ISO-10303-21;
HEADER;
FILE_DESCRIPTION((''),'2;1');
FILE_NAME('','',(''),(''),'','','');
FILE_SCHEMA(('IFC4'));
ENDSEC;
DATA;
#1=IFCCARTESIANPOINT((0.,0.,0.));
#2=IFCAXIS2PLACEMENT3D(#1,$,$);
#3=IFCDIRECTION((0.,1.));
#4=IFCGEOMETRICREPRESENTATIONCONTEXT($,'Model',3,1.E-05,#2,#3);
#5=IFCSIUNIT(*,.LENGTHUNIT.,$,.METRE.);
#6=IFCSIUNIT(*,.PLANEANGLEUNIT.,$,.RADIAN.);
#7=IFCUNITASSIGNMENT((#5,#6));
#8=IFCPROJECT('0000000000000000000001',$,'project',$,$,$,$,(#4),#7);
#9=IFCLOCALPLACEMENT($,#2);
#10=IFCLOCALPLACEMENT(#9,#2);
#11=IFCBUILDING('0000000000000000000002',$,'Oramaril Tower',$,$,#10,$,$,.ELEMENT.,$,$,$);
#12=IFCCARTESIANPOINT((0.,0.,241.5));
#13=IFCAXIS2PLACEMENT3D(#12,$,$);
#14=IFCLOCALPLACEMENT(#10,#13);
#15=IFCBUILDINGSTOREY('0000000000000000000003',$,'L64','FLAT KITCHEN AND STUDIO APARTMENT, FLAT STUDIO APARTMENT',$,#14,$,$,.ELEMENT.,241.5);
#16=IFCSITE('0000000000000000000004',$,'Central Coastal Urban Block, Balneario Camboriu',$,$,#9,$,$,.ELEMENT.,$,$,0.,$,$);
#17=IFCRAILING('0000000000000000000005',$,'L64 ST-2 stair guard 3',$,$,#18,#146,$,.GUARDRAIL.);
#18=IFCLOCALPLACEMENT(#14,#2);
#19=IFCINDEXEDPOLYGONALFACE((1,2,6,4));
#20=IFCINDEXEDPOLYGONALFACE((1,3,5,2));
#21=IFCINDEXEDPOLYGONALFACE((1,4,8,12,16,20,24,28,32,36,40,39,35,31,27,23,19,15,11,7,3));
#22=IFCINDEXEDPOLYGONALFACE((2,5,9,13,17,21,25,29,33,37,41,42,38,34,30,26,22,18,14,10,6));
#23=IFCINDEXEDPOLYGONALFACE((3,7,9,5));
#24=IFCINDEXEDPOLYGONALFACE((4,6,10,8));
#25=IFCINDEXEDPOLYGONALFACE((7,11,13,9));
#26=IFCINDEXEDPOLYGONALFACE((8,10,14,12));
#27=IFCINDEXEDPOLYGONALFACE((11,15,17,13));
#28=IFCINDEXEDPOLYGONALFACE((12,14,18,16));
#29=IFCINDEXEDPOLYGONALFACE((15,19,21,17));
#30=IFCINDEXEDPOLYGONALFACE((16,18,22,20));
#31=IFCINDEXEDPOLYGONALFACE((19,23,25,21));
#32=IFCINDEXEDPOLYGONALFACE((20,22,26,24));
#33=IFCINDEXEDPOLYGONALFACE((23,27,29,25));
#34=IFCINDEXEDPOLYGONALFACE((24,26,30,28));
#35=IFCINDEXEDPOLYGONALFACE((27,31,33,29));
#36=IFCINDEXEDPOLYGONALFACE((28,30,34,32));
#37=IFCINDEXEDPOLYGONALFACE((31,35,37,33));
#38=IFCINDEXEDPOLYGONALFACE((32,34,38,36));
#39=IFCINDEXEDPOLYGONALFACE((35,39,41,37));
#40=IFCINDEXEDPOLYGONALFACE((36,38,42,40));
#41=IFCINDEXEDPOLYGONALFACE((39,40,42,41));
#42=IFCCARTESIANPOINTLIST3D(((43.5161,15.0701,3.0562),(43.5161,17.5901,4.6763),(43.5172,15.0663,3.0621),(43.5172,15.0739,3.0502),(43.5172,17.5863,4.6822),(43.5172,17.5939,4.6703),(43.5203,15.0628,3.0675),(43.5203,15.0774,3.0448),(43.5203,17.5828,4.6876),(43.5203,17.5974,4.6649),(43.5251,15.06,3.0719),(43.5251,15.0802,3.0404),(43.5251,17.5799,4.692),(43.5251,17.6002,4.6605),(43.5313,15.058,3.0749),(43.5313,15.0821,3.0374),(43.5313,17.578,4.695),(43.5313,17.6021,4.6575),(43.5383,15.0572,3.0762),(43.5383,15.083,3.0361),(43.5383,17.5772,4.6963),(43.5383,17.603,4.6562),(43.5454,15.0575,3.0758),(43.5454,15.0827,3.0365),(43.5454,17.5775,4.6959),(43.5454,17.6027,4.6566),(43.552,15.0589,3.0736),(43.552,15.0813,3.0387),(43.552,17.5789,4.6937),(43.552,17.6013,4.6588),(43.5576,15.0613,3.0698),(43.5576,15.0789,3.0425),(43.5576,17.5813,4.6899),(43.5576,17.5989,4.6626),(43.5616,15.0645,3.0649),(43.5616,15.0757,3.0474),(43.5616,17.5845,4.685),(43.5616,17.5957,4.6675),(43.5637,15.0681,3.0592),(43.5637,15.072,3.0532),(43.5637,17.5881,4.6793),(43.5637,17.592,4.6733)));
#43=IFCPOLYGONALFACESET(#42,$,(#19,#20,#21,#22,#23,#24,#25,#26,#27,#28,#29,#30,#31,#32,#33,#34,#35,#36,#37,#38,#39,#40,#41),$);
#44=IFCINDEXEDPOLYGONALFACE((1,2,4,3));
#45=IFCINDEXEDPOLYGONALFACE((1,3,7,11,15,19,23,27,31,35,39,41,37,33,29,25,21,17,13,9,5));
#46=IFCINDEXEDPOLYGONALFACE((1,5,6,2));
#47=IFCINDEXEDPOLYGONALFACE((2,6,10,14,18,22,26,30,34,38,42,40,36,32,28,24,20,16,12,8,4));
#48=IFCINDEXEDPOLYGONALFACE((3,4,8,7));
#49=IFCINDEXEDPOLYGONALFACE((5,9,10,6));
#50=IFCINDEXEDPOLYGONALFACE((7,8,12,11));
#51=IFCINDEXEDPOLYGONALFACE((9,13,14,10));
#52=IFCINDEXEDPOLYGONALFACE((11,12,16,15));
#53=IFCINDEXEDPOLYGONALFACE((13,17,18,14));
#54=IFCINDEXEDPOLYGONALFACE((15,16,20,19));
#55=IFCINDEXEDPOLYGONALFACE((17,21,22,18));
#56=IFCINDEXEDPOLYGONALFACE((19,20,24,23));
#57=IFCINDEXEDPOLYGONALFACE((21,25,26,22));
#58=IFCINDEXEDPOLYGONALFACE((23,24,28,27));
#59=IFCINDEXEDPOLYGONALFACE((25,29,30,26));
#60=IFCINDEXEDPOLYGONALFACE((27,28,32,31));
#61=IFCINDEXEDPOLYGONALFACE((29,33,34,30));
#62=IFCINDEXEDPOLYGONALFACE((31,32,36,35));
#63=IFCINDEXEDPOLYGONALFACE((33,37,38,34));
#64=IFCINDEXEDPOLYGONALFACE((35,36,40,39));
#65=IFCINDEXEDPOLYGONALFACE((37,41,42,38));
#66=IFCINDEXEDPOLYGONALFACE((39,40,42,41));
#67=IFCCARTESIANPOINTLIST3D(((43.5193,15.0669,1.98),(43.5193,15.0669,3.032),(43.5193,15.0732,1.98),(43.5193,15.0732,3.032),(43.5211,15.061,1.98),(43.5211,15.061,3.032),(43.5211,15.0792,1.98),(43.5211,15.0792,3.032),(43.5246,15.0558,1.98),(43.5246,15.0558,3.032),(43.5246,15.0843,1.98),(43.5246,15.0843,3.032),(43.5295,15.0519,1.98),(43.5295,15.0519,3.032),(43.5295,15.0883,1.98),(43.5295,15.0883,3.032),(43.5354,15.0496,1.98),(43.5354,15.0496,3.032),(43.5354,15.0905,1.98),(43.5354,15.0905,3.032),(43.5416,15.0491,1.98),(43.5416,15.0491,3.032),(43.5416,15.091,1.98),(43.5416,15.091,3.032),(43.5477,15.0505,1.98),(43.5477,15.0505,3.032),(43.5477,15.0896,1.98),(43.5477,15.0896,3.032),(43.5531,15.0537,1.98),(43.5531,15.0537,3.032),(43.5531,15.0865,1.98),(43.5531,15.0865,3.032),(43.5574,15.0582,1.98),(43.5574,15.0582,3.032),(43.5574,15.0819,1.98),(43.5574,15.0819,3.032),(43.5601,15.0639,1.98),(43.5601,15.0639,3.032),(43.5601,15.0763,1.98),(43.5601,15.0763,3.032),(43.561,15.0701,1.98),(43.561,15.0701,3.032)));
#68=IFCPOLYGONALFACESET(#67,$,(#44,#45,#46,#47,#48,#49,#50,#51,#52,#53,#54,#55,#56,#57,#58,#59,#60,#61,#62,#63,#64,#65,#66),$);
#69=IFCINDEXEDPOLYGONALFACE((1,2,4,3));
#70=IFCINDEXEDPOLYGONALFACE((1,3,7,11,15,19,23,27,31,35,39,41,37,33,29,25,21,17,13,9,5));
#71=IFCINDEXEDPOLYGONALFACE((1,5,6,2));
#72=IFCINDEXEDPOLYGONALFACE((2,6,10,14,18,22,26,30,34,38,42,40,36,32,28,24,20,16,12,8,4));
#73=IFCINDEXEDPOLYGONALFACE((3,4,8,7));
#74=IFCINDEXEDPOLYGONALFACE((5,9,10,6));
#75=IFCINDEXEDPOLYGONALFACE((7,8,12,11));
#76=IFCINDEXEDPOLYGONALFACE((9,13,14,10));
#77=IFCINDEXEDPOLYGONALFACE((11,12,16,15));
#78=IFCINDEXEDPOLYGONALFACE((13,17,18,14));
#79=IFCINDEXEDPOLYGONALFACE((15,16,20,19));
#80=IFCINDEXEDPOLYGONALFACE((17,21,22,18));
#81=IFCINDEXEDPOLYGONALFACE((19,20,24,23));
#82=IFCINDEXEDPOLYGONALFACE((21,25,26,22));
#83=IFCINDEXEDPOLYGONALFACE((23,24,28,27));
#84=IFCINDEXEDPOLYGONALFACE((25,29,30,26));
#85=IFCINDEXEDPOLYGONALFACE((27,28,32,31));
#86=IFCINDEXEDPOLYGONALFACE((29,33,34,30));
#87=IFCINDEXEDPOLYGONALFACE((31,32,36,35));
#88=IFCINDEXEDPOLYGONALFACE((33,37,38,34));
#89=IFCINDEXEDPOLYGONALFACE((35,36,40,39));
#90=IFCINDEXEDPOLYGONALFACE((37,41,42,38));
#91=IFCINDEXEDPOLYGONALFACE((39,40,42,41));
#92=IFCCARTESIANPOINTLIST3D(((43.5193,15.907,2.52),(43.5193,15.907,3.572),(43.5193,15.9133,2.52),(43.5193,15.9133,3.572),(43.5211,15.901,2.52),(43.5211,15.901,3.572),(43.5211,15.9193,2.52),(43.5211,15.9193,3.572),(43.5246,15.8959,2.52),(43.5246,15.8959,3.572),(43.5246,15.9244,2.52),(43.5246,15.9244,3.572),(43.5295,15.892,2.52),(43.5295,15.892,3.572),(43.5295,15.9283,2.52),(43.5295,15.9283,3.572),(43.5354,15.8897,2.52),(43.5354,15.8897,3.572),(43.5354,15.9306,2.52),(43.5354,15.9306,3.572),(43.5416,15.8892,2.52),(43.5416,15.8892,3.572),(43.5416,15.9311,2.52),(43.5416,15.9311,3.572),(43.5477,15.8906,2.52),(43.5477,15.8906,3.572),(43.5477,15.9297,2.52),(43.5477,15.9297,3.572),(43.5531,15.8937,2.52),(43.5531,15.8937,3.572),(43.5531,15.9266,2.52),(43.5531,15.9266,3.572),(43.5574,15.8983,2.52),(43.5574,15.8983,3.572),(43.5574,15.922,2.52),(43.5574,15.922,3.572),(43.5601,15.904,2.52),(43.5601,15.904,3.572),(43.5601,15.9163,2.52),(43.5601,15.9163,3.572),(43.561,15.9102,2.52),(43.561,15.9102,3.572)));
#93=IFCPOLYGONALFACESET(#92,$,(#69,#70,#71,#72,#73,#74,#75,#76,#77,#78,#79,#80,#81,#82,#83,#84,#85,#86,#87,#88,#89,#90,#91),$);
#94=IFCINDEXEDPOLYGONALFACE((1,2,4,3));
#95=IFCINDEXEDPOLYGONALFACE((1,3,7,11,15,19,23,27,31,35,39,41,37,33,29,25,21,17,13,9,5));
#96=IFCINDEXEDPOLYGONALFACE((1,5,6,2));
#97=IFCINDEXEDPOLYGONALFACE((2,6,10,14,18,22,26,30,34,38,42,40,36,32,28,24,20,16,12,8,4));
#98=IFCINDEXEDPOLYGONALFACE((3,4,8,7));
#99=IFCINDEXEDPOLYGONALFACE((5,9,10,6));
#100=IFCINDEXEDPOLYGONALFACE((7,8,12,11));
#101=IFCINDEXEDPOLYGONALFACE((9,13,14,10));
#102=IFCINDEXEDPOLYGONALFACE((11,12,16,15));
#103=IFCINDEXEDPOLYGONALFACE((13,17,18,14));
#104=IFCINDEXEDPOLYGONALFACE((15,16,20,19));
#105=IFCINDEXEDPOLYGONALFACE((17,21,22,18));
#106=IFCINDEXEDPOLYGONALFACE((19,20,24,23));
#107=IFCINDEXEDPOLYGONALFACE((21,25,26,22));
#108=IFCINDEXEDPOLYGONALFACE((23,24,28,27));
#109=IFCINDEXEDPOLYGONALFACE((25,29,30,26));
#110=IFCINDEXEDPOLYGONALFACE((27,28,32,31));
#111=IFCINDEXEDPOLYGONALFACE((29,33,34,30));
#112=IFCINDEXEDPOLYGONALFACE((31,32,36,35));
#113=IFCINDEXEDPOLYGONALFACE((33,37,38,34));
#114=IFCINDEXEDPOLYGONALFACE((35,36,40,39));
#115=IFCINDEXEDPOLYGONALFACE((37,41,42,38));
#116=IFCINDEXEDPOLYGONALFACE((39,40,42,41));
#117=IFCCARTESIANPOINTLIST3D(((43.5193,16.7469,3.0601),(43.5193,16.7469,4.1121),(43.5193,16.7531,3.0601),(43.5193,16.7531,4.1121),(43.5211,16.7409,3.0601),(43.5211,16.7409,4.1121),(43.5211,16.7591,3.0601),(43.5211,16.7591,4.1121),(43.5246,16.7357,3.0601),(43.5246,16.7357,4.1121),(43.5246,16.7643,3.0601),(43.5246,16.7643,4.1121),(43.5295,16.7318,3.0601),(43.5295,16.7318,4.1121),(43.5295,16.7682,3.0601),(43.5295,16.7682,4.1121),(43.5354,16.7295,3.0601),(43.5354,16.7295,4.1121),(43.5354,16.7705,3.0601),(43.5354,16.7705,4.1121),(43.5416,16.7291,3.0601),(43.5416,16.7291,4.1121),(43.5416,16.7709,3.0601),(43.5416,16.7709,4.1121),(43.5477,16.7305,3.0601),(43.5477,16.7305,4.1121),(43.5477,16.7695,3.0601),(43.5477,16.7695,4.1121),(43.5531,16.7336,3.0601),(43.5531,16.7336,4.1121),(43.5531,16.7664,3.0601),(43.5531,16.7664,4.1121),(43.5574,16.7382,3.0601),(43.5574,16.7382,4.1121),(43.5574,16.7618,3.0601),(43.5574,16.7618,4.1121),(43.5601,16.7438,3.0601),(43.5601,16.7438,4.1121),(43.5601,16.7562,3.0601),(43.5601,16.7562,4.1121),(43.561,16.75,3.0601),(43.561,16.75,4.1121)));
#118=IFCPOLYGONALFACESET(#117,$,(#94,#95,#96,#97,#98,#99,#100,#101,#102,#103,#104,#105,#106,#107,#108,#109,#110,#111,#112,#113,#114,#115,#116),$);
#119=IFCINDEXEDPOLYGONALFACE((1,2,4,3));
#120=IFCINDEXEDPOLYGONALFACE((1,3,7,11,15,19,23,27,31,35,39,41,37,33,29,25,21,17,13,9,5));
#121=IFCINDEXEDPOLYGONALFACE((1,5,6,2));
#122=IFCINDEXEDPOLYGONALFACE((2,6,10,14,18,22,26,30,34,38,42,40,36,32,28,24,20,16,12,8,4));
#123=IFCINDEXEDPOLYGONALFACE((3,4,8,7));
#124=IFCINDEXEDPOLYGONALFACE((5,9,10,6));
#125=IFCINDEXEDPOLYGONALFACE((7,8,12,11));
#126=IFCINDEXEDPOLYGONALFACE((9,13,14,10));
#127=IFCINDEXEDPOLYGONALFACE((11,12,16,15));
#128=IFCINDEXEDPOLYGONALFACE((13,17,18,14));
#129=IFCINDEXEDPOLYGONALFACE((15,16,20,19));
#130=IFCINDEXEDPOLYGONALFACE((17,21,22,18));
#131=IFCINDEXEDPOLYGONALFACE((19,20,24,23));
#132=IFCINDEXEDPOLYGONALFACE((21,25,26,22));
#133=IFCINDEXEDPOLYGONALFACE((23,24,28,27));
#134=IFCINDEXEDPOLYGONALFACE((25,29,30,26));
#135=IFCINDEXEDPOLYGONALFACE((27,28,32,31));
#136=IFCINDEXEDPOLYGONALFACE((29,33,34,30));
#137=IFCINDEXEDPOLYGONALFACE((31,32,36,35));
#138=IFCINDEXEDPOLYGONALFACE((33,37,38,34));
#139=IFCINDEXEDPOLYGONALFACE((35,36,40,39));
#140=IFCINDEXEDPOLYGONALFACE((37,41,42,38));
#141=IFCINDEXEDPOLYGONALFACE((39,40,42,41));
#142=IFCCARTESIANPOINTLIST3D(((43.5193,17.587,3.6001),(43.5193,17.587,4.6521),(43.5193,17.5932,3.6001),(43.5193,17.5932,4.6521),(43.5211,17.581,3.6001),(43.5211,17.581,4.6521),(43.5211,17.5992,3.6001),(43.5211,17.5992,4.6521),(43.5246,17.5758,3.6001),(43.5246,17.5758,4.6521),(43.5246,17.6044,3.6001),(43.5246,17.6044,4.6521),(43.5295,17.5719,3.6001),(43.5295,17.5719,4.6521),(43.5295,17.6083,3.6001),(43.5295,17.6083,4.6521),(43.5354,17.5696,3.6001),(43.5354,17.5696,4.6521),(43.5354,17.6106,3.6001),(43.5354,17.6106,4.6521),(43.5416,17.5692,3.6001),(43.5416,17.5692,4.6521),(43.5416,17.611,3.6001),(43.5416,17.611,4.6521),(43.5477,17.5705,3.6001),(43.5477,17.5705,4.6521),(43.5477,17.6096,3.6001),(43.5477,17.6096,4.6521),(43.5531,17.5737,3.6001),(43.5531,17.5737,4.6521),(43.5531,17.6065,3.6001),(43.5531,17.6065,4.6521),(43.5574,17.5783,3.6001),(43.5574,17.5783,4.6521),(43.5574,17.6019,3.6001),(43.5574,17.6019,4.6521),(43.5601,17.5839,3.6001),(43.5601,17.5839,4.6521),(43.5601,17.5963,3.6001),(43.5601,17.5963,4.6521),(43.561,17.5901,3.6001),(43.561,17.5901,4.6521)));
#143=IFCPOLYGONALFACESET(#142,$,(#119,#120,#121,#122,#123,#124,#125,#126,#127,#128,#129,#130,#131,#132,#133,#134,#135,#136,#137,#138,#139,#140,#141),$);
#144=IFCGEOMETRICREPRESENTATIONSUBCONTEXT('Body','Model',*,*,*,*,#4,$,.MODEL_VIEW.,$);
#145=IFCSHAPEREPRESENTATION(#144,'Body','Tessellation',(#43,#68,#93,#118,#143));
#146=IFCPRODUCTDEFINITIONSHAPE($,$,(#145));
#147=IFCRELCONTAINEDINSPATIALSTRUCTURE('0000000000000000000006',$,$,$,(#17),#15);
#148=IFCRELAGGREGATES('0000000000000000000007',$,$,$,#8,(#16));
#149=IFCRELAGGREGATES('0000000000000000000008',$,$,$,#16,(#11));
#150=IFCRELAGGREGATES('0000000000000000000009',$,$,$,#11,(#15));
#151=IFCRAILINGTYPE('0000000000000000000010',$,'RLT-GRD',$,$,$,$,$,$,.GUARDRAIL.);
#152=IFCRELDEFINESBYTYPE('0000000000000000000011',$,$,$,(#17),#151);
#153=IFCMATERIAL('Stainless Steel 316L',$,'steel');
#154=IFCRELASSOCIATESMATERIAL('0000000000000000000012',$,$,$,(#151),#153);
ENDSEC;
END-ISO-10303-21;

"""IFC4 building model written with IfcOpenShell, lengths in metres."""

from ifc_helpers import new_model, si_unit, direction, frame, origin, origin_2d, place, context, subcontext, project, spatial, circle, extrude, material, type_object, element, save


model = new_model("IFC4")

# Units and contexts
model_context = context("Model", 3, precision=1e-05, world=origin(), true_north=direction((0.0, 1.0)))
body_context = subcontext(model_context, "Body", "Model", "MODEL_VIEW")
ifc_project = project(units=[si_unit("LENGTHUNIT", "METRE"), si_unit("PLANEANGLEUNIT", "RADIAN")], contexts=[model_context])

# Site, building, storey
site_placement = place(None, origin())
site = spatial("IfcSite", under=ifc_project, at=site_placement, Name="Central Coastal Urban Block, Balneario Camboriu", CompositionType="ELEMENT", RefElevation=0.0)
building_placement = place(site_placement, origin())
building = spatial("IfcBuilding", under=site, at=building_placement, Name="Oramaril Tower", CompositionType="ELEMENT")
storey_placement = place(building_placement, frame((0.0, 0.0, 241.5)))
storey = spatial("IfcBuildingStorey", under=building, at=storey_placement, Name="L64", Description="FLAT KITCHEN AND STUDIO APARTMENT, FLAT STUDIO APARTMENT", CompositionType="ELEMENT", Elevation=241.5)

# Railing
ifc_material_1 = material(Name="Stainless Steel 316L", Category="steel")
railing_type_1 = type_object("IfcRailingType", Name="RLT-GRD", PredefinedType="GUARDRAIL", material=ifc_material_1)
railing_1_placement = place(storey_placement, frame((43.54, 15.0701, 1.98)))
element("IfcRailing", 1, at=railing_1_placement, inside=storey, type_object=railing_type_1, Name="L64 ST-2 stair guard 3", PredefinedType="GUARDRAIL", context=body_context, shape_type="SweptSolid", body=[
    extrude(circle(Radius=0.0239, at=origin_2d()), frame((0.0, 0.0, 1.0762), z_axis=(0.0, 0.841163, 0.540782), x_axis=(-1.0, 0.0, 0.0)), (0.0, 0.0, 1.0), 2.9958),
    extrude(circle(Radius=0.021, at=origin_2d()), origin(), (0.0, 0.0, 1.0), 1.052),
    extrude(circle(Radius=0.021, at=origin_2d()), frame((0.0, 0.8401, 0.54)), (0.0, 0.0, 1.0), 1.052),
    extrude(circle(Radius=0.021, at=origin_2d()), frame((0.0, 1.6799, 1.0801)), (0.0, 0.0, 1.0), 1.052),
    extrude(circle(Radius=0.021, at=origin_2d()), frame((0.0, 2.52, 1.6201)), (0.0, 0.0, 1.0), 1.052),
])

save(model, "model.ifc")
